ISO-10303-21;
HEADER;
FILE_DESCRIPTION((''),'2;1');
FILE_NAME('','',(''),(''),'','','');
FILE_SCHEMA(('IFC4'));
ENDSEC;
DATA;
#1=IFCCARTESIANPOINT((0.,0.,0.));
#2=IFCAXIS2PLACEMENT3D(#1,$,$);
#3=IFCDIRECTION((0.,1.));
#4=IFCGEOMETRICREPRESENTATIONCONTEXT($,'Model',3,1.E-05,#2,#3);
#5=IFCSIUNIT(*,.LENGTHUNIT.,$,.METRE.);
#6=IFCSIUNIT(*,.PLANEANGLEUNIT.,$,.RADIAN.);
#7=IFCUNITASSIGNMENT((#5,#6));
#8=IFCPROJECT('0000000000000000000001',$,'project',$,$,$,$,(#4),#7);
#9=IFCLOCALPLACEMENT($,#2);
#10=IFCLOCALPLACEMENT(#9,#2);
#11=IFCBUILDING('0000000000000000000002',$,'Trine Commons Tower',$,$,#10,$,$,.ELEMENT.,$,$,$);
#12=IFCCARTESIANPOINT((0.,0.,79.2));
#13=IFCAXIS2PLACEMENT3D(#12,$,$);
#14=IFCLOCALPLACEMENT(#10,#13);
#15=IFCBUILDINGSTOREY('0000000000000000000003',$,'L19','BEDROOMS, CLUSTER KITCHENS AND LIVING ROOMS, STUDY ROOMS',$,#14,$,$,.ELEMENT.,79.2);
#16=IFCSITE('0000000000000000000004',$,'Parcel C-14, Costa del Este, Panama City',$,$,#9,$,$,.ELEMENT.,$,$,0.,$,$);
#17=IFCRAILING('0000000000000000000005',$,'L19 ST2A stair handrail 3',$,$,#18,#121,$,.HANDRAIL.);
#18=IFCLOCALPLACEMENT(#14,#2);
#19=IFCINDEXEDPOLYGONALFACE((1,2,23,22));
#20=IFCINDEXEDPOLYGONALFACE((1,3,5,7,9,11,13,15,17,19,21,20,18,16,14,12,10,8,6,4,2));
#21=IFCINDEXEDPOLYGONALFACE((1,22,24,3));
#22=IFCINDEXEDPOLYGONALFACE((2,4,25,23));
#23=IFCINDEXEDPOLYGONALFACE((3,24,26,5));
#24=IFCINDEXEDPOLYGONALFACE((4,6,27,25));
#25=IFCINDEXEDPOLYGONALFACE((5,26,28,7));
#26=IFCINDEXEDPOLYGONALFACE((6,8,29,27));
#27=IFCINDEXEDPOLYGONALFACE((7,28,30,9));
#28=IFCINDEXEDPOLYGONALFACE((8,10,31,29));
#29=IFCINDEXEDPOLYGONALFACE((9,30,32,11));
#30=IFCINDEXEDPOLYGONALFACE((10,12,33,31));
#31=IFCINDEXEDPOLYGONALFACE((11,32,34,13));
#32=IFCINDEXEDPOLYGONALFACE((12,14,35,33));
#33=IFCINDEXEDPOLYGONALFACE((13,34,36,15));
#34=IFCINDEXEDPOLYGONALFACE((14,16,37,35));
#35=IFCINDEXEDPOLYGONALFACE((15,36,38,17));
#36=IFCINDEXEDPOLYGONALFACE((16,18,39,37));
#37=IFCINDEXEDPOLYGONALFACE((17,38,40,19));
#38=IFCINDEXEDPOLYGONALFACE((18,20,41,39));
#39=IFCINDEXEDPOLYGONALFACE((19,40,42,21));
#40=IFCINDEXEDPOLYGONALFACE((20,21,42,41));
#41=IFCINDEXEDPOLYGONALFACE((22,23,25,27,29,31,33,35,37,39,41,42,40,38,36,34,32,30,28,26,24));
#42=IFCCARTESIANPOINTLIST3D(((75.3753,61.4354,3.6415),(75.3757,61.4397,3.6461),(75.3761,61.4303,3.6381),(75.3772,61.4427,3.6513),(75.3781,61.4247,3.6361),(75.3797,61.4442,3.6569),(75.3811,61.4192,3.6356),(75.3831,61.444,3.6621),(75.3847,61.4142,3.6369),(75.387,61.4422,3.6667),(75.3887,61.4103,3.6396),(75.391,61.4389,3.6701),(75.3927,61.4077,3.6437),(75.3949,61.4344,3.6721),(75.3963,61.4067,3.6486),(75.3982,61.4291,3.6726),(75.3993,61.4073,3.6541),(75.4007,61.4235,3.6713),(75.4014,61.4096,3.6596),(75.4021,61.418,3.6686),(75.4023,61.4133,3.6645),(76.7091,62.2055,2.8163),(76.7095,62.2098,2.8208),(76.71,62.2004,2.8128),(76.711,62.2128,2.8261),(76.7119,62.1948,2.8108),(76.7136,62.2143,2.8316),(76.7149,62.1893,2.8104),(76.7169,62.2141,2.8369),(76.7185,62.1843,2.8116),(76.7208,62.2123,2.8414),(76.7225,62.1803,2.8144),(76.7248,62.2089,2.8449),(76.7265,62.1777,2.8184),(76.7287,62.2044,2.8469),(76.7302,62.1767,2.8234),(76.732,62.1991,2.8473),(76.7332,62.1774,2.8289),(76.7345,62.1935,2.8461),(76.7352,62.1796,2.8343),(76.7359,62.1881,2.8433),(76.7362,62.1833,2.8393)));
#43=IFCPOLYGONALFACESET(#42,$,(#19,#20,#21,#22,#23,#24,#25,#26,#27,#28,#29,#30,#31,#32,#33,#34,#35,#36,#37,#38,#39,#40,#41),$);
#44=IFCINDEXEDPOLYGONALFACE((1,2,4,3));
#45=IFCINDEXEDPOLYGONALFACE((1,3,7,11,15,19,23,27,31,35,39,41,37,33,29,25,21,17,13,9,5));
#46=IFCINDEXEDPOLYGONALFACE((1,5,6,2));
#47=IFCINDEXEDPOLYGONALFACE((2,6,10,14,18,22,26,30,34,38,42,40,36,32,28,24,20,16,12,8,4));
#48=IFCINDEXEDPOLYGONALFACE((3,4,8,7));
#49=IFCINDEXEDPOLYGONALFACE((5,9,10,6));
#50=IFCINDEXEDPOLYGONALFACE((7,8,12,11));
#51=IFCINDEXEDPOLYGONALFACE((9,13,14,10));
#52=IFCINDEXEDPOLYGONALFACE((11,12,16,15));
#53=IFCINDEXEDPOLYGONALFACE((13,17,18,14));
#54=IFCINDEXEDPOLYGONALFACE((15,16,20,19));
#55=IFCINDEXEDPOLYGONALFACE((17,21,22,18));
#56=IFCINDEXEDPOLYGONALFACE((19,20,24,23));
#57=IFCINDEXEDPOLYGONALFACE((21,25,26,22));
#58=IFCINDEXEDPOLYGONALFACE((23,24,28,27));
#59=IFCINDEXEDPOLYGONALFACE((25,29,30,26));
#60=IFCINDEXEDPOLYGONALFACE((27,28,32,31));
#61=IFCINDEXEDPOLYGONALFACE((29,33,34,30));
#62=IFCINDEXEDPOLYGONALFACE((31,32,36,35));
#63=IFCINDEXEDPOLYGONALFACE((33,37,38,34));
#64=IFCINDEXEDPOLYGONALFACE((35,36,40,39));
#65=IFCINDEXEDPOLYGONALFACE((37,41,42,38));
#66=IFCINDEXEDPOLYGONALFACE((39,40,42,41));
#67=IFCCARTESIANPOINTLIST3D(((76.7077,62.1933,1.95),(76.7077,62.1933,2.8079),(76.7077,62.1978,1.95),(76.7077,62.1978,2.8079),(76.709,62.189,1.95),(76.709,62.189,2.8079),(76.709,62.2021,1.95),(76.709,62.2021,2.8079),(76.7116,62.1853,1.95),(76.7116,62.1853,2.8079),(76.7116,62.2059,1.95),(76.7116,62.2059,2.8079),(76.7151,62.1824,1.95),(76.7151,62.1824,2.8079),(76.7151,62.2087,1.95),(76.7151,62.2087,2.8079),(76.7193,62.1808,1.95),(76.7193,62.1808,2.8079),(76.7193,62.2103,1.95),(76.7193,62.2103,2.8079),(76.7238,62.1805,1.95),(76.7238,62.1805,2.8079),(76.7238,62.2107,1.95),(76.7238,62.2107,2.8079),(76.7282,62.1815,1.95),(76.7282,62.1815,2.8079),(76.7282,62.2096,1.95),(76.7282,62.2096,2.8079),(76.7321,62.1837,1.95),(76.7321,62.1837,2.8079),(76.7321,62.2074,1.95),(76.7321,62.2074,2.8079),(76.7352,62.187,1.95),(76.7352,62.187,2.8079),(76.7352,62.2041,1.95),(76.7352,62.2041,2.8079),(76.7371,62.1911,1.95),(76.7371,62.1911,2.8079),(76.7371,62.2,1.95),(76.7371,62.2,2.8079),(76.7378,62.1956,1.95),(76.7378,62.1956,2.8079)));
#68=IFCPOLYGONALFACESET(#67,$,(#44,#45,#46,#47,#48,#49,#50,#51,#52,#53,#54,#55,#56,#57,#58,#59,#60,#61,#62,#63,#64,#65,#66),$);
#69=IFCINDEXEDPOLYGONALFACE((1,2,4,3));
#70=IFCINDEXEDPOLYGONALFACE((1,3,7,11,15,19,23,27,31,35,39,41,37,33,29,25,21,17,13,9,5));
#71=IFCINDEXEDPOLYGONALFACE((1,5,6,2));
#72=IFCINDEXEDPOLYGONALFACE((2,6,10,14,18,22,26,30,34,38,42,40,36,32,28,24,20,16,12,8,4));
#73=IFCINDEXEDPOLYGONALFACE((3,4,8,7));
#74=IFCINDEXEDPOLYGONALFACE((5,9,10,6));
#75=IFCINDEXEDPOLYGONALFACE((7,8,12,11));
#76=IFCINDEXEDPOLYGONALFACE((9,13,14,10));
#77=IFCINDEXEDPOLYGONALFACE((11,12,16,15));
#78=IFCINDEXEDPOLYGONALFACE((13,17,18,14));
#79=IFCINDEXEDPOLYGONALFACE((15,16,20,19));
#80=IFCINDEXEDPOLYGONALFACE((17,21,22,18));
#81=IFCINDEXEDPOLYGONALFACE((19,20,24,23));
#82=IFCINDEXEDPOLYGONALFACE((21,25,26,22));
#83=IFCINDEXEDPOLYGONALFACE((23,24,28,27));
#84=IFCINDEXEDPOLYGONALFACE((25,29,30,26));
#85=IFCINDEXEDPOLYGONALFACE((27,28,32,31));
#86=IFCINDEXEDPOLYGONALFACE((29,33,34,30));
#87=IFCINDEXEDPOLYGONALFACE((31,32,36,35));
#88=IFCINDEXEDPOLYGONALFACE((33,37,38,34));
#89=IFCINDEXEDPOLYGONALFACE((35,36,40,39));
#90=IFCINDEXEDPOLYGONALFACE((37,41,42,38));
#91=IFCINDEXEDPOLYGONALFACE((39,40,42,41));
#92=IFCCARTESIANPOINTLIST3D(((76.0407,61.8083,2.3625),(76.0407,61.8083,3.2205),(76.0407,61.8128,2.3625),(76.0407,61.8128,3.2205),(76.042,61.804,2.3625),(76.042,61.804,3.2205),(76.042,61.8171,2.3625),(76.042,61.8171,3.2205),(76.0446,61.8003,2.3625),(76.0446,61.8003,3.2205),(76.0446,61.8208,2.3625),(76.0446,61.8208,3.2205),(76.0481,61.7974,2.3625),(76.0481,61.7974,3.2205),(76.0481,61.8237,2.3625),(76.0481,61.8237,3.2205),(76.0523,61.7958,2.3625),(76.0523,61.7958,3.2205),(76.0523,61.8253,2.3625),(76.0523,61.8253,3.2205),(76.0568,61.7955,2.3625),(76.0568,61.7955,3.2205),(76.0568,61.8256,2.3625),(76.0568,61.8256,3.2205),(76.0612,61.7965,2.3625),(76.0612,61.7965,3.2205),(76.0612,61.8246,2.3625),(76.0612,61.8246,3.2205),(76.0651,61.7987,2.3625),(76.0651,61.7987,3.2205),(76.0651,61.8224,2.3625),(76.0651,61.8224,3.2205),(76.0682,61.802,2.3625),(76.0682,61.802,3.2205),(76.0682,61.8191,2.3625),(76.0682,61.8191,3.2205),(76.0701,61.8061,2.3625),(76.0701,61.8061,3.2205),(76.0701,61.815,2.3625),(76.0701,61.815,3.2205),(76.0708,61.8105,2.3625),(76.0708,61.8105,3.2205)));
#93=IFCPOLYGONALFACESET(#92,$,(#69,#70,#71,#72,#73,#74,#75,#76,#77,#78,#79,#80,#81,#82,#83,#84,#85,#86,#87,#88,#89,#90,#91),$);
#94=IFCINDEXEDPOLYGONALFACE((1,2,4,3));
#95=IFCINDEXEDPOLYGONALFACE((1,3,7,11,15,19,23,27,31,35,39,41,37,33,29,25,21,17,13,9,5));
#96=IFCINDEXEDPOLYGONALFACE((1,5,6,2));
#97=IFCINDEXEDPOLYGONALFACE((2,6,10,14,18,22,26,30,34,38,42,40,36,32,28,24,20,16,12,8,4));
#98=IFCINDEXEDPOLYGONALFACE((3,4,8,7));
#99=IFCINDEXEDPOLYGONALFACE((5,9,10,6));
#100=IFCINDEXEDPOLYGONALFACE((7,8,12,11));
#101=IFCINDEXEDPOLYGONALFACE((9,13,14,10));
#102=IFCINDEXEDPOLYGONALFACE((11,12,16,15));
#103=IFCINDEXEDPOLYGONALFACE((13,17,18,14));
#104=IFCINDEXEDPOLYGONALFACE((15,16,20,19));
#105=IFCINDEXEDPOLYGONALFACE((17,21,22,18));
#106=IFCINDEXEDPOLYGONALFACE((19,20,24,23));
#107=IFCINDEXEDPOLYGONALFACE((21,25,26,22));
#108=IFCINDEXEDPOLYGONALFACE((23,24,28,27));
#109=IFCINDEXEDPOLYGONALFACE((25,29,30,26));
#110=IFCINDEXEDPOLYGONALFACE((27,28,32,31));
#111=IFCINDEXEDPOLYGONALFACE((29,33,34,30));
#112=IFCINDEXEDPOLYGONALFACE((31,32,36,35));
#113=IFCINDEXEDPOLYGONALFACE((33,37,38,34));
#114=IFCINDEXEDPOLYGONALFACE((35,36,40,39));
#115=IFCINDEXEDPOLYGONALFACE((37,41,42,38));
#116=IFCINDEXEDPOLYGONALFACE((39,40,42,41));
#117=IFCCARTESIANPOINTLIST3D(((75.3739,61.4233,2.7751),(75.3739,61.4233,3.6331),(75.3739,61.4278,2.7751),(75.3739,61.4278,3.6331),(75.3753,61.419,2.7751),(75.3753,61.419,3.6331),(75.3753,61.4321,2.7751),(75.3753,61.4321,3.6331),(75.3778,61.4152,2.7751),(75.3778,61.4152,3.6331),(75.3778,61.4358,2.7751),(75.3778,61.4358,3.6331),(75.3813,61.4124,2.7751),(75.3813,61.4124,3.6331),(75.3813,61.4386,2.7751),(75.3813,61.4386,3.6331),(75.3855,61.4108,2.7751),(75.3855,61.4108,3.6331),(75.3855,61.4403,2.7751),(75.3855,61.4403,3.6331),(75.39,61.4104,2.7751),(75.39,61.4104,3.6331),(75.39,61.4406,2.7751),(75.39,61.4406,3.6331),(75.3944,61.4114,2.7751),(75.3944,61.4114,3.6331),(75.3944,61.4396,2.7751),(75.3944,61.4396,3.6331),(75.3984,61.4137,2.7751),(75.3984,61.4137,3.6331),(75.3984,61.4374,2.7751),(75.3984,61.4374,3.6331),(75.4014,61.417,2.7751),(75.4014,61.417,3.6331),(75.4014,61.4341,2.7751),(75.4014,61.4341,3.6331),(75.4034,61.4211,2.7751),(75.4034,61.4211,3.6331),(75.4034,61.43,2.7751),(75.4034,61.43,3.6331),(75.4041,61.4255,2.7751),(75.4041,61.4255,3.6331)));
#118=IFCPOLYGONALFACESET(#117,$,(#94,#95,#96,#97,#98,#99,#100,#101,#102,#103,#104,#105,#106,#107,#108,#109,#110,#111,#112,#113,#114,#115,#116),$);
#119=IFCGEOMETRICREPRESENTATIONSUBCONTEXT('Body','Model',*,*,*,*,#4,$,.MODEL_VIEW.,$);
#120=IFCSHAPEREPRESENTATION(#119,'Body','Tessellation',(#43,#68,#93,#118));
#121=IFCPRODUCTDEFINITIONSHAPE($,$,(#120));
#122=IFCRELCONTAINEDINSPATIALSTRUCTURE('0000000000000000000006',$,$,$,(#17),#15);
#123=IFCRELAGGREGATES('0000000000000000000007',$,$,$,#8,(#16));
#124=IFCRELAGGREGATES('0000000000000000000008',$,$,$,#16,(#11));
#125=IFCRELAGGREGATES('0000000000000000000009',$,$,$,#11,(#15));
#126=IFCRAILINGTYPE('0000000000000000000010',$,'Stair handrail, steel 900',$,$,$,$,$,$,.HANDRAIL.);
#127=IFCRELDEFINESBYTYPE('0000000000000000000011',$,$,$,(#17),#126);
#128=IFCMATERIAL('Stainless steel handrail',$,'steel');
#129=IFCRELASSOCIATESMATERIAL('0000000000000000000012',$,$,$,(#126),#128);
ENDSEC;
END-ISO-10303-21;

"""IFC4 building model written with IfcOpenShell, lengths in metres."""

from ifc_helpers import new_model, si_unit, direction, frame, origin, origin_2d, place, context, subcontext, project, spatial, circle, extrude, material, type_object, element, save


model = new_model("IFC4")

# Units and contexts
model_context = context("Model", 3, precision=1e-05, world=origin(), true_north=direction((0.0, 1.0)))
body_context = subcontext(model_context, "Body", "Model", "MODEL_VIEW")
ifc_project = project(units=[si_unit("LENGTHUNIT", "METRE"), si_unit("PLANEANGLEUNIT", "RADIAN")], contexts=[model_context])

# Site, building, storey
site_placement = place(None, origin())
site = spatial("IfcSite", under=ifc_project, at=site_placement, Name="Parcel C-14, Costa del Este, Panama City", CompositionType="ELEMENT", RefElevation=0.0)
building_placement = place(site_placement, origin())
building = spatial("IfcBuilding", under=site, at=building_placement, Name="Trine Commons Tower", CompositionType="ELEMENT")
storey_placement = place(building_placement, frame((0.0, 0.0, 79.2)))
storey = spatial("IfcBuildingStorey", under=building, at=storey_placement, Name="L19", Description="BEDROOMS, CLUSTER KITCHENS AND LIVING ROOMS, STUDY ROOMS", CompositionType="ELEMENT", Elevation=79.2)

# Railing
ifc_material_1 = material(Name="Stainless steel handrail", Category="steel")
railing_type = type_object("IfcRailingType", Name="Stair handrail, steel 900", PredefinedType="HANDRAIL", material=ifc_material_1)
railing_1_placement = place(storey_placement, frame((76.7227, 62.1956, 1.95)))
element("IfcRailing", 1, at=railing_1_placement, inside=storey, type_object=railing_type, Name="L19 ST2A stair handrail 3", PredefinedType="HANDRAIL", context=body_context, shape_type="SweptSolid", body=[
    extrude(circle(Radius=0.021, at=origin_2d()), frame((0.0, 0.0, 0.8789), z_axis=(-0.763355, -0.440714, 0.472293), x_axis=(0.499992, -0.86603, 0.0)), (0.0, 0.0, 1.0), 1.7473),
    extrude(circle(Radius=0.0151, at=origin_2d()), origin(), (0.0, 0.0, 1.0), 0.8579),
    extrude(circle(Radius=0.0151, at=origin_2d()), frame((-0.667, -0.385, 0.4126)), (0.0, 0.0, 1.0), 0.8579),
    extrude(circle(Radius=0.0151, at=origin_2d()), frame((-1.3337, -0.77, 0.8252)), (0.0, 0.0, 1.0), 0.8579),
])

save(model, "model.ifc")
